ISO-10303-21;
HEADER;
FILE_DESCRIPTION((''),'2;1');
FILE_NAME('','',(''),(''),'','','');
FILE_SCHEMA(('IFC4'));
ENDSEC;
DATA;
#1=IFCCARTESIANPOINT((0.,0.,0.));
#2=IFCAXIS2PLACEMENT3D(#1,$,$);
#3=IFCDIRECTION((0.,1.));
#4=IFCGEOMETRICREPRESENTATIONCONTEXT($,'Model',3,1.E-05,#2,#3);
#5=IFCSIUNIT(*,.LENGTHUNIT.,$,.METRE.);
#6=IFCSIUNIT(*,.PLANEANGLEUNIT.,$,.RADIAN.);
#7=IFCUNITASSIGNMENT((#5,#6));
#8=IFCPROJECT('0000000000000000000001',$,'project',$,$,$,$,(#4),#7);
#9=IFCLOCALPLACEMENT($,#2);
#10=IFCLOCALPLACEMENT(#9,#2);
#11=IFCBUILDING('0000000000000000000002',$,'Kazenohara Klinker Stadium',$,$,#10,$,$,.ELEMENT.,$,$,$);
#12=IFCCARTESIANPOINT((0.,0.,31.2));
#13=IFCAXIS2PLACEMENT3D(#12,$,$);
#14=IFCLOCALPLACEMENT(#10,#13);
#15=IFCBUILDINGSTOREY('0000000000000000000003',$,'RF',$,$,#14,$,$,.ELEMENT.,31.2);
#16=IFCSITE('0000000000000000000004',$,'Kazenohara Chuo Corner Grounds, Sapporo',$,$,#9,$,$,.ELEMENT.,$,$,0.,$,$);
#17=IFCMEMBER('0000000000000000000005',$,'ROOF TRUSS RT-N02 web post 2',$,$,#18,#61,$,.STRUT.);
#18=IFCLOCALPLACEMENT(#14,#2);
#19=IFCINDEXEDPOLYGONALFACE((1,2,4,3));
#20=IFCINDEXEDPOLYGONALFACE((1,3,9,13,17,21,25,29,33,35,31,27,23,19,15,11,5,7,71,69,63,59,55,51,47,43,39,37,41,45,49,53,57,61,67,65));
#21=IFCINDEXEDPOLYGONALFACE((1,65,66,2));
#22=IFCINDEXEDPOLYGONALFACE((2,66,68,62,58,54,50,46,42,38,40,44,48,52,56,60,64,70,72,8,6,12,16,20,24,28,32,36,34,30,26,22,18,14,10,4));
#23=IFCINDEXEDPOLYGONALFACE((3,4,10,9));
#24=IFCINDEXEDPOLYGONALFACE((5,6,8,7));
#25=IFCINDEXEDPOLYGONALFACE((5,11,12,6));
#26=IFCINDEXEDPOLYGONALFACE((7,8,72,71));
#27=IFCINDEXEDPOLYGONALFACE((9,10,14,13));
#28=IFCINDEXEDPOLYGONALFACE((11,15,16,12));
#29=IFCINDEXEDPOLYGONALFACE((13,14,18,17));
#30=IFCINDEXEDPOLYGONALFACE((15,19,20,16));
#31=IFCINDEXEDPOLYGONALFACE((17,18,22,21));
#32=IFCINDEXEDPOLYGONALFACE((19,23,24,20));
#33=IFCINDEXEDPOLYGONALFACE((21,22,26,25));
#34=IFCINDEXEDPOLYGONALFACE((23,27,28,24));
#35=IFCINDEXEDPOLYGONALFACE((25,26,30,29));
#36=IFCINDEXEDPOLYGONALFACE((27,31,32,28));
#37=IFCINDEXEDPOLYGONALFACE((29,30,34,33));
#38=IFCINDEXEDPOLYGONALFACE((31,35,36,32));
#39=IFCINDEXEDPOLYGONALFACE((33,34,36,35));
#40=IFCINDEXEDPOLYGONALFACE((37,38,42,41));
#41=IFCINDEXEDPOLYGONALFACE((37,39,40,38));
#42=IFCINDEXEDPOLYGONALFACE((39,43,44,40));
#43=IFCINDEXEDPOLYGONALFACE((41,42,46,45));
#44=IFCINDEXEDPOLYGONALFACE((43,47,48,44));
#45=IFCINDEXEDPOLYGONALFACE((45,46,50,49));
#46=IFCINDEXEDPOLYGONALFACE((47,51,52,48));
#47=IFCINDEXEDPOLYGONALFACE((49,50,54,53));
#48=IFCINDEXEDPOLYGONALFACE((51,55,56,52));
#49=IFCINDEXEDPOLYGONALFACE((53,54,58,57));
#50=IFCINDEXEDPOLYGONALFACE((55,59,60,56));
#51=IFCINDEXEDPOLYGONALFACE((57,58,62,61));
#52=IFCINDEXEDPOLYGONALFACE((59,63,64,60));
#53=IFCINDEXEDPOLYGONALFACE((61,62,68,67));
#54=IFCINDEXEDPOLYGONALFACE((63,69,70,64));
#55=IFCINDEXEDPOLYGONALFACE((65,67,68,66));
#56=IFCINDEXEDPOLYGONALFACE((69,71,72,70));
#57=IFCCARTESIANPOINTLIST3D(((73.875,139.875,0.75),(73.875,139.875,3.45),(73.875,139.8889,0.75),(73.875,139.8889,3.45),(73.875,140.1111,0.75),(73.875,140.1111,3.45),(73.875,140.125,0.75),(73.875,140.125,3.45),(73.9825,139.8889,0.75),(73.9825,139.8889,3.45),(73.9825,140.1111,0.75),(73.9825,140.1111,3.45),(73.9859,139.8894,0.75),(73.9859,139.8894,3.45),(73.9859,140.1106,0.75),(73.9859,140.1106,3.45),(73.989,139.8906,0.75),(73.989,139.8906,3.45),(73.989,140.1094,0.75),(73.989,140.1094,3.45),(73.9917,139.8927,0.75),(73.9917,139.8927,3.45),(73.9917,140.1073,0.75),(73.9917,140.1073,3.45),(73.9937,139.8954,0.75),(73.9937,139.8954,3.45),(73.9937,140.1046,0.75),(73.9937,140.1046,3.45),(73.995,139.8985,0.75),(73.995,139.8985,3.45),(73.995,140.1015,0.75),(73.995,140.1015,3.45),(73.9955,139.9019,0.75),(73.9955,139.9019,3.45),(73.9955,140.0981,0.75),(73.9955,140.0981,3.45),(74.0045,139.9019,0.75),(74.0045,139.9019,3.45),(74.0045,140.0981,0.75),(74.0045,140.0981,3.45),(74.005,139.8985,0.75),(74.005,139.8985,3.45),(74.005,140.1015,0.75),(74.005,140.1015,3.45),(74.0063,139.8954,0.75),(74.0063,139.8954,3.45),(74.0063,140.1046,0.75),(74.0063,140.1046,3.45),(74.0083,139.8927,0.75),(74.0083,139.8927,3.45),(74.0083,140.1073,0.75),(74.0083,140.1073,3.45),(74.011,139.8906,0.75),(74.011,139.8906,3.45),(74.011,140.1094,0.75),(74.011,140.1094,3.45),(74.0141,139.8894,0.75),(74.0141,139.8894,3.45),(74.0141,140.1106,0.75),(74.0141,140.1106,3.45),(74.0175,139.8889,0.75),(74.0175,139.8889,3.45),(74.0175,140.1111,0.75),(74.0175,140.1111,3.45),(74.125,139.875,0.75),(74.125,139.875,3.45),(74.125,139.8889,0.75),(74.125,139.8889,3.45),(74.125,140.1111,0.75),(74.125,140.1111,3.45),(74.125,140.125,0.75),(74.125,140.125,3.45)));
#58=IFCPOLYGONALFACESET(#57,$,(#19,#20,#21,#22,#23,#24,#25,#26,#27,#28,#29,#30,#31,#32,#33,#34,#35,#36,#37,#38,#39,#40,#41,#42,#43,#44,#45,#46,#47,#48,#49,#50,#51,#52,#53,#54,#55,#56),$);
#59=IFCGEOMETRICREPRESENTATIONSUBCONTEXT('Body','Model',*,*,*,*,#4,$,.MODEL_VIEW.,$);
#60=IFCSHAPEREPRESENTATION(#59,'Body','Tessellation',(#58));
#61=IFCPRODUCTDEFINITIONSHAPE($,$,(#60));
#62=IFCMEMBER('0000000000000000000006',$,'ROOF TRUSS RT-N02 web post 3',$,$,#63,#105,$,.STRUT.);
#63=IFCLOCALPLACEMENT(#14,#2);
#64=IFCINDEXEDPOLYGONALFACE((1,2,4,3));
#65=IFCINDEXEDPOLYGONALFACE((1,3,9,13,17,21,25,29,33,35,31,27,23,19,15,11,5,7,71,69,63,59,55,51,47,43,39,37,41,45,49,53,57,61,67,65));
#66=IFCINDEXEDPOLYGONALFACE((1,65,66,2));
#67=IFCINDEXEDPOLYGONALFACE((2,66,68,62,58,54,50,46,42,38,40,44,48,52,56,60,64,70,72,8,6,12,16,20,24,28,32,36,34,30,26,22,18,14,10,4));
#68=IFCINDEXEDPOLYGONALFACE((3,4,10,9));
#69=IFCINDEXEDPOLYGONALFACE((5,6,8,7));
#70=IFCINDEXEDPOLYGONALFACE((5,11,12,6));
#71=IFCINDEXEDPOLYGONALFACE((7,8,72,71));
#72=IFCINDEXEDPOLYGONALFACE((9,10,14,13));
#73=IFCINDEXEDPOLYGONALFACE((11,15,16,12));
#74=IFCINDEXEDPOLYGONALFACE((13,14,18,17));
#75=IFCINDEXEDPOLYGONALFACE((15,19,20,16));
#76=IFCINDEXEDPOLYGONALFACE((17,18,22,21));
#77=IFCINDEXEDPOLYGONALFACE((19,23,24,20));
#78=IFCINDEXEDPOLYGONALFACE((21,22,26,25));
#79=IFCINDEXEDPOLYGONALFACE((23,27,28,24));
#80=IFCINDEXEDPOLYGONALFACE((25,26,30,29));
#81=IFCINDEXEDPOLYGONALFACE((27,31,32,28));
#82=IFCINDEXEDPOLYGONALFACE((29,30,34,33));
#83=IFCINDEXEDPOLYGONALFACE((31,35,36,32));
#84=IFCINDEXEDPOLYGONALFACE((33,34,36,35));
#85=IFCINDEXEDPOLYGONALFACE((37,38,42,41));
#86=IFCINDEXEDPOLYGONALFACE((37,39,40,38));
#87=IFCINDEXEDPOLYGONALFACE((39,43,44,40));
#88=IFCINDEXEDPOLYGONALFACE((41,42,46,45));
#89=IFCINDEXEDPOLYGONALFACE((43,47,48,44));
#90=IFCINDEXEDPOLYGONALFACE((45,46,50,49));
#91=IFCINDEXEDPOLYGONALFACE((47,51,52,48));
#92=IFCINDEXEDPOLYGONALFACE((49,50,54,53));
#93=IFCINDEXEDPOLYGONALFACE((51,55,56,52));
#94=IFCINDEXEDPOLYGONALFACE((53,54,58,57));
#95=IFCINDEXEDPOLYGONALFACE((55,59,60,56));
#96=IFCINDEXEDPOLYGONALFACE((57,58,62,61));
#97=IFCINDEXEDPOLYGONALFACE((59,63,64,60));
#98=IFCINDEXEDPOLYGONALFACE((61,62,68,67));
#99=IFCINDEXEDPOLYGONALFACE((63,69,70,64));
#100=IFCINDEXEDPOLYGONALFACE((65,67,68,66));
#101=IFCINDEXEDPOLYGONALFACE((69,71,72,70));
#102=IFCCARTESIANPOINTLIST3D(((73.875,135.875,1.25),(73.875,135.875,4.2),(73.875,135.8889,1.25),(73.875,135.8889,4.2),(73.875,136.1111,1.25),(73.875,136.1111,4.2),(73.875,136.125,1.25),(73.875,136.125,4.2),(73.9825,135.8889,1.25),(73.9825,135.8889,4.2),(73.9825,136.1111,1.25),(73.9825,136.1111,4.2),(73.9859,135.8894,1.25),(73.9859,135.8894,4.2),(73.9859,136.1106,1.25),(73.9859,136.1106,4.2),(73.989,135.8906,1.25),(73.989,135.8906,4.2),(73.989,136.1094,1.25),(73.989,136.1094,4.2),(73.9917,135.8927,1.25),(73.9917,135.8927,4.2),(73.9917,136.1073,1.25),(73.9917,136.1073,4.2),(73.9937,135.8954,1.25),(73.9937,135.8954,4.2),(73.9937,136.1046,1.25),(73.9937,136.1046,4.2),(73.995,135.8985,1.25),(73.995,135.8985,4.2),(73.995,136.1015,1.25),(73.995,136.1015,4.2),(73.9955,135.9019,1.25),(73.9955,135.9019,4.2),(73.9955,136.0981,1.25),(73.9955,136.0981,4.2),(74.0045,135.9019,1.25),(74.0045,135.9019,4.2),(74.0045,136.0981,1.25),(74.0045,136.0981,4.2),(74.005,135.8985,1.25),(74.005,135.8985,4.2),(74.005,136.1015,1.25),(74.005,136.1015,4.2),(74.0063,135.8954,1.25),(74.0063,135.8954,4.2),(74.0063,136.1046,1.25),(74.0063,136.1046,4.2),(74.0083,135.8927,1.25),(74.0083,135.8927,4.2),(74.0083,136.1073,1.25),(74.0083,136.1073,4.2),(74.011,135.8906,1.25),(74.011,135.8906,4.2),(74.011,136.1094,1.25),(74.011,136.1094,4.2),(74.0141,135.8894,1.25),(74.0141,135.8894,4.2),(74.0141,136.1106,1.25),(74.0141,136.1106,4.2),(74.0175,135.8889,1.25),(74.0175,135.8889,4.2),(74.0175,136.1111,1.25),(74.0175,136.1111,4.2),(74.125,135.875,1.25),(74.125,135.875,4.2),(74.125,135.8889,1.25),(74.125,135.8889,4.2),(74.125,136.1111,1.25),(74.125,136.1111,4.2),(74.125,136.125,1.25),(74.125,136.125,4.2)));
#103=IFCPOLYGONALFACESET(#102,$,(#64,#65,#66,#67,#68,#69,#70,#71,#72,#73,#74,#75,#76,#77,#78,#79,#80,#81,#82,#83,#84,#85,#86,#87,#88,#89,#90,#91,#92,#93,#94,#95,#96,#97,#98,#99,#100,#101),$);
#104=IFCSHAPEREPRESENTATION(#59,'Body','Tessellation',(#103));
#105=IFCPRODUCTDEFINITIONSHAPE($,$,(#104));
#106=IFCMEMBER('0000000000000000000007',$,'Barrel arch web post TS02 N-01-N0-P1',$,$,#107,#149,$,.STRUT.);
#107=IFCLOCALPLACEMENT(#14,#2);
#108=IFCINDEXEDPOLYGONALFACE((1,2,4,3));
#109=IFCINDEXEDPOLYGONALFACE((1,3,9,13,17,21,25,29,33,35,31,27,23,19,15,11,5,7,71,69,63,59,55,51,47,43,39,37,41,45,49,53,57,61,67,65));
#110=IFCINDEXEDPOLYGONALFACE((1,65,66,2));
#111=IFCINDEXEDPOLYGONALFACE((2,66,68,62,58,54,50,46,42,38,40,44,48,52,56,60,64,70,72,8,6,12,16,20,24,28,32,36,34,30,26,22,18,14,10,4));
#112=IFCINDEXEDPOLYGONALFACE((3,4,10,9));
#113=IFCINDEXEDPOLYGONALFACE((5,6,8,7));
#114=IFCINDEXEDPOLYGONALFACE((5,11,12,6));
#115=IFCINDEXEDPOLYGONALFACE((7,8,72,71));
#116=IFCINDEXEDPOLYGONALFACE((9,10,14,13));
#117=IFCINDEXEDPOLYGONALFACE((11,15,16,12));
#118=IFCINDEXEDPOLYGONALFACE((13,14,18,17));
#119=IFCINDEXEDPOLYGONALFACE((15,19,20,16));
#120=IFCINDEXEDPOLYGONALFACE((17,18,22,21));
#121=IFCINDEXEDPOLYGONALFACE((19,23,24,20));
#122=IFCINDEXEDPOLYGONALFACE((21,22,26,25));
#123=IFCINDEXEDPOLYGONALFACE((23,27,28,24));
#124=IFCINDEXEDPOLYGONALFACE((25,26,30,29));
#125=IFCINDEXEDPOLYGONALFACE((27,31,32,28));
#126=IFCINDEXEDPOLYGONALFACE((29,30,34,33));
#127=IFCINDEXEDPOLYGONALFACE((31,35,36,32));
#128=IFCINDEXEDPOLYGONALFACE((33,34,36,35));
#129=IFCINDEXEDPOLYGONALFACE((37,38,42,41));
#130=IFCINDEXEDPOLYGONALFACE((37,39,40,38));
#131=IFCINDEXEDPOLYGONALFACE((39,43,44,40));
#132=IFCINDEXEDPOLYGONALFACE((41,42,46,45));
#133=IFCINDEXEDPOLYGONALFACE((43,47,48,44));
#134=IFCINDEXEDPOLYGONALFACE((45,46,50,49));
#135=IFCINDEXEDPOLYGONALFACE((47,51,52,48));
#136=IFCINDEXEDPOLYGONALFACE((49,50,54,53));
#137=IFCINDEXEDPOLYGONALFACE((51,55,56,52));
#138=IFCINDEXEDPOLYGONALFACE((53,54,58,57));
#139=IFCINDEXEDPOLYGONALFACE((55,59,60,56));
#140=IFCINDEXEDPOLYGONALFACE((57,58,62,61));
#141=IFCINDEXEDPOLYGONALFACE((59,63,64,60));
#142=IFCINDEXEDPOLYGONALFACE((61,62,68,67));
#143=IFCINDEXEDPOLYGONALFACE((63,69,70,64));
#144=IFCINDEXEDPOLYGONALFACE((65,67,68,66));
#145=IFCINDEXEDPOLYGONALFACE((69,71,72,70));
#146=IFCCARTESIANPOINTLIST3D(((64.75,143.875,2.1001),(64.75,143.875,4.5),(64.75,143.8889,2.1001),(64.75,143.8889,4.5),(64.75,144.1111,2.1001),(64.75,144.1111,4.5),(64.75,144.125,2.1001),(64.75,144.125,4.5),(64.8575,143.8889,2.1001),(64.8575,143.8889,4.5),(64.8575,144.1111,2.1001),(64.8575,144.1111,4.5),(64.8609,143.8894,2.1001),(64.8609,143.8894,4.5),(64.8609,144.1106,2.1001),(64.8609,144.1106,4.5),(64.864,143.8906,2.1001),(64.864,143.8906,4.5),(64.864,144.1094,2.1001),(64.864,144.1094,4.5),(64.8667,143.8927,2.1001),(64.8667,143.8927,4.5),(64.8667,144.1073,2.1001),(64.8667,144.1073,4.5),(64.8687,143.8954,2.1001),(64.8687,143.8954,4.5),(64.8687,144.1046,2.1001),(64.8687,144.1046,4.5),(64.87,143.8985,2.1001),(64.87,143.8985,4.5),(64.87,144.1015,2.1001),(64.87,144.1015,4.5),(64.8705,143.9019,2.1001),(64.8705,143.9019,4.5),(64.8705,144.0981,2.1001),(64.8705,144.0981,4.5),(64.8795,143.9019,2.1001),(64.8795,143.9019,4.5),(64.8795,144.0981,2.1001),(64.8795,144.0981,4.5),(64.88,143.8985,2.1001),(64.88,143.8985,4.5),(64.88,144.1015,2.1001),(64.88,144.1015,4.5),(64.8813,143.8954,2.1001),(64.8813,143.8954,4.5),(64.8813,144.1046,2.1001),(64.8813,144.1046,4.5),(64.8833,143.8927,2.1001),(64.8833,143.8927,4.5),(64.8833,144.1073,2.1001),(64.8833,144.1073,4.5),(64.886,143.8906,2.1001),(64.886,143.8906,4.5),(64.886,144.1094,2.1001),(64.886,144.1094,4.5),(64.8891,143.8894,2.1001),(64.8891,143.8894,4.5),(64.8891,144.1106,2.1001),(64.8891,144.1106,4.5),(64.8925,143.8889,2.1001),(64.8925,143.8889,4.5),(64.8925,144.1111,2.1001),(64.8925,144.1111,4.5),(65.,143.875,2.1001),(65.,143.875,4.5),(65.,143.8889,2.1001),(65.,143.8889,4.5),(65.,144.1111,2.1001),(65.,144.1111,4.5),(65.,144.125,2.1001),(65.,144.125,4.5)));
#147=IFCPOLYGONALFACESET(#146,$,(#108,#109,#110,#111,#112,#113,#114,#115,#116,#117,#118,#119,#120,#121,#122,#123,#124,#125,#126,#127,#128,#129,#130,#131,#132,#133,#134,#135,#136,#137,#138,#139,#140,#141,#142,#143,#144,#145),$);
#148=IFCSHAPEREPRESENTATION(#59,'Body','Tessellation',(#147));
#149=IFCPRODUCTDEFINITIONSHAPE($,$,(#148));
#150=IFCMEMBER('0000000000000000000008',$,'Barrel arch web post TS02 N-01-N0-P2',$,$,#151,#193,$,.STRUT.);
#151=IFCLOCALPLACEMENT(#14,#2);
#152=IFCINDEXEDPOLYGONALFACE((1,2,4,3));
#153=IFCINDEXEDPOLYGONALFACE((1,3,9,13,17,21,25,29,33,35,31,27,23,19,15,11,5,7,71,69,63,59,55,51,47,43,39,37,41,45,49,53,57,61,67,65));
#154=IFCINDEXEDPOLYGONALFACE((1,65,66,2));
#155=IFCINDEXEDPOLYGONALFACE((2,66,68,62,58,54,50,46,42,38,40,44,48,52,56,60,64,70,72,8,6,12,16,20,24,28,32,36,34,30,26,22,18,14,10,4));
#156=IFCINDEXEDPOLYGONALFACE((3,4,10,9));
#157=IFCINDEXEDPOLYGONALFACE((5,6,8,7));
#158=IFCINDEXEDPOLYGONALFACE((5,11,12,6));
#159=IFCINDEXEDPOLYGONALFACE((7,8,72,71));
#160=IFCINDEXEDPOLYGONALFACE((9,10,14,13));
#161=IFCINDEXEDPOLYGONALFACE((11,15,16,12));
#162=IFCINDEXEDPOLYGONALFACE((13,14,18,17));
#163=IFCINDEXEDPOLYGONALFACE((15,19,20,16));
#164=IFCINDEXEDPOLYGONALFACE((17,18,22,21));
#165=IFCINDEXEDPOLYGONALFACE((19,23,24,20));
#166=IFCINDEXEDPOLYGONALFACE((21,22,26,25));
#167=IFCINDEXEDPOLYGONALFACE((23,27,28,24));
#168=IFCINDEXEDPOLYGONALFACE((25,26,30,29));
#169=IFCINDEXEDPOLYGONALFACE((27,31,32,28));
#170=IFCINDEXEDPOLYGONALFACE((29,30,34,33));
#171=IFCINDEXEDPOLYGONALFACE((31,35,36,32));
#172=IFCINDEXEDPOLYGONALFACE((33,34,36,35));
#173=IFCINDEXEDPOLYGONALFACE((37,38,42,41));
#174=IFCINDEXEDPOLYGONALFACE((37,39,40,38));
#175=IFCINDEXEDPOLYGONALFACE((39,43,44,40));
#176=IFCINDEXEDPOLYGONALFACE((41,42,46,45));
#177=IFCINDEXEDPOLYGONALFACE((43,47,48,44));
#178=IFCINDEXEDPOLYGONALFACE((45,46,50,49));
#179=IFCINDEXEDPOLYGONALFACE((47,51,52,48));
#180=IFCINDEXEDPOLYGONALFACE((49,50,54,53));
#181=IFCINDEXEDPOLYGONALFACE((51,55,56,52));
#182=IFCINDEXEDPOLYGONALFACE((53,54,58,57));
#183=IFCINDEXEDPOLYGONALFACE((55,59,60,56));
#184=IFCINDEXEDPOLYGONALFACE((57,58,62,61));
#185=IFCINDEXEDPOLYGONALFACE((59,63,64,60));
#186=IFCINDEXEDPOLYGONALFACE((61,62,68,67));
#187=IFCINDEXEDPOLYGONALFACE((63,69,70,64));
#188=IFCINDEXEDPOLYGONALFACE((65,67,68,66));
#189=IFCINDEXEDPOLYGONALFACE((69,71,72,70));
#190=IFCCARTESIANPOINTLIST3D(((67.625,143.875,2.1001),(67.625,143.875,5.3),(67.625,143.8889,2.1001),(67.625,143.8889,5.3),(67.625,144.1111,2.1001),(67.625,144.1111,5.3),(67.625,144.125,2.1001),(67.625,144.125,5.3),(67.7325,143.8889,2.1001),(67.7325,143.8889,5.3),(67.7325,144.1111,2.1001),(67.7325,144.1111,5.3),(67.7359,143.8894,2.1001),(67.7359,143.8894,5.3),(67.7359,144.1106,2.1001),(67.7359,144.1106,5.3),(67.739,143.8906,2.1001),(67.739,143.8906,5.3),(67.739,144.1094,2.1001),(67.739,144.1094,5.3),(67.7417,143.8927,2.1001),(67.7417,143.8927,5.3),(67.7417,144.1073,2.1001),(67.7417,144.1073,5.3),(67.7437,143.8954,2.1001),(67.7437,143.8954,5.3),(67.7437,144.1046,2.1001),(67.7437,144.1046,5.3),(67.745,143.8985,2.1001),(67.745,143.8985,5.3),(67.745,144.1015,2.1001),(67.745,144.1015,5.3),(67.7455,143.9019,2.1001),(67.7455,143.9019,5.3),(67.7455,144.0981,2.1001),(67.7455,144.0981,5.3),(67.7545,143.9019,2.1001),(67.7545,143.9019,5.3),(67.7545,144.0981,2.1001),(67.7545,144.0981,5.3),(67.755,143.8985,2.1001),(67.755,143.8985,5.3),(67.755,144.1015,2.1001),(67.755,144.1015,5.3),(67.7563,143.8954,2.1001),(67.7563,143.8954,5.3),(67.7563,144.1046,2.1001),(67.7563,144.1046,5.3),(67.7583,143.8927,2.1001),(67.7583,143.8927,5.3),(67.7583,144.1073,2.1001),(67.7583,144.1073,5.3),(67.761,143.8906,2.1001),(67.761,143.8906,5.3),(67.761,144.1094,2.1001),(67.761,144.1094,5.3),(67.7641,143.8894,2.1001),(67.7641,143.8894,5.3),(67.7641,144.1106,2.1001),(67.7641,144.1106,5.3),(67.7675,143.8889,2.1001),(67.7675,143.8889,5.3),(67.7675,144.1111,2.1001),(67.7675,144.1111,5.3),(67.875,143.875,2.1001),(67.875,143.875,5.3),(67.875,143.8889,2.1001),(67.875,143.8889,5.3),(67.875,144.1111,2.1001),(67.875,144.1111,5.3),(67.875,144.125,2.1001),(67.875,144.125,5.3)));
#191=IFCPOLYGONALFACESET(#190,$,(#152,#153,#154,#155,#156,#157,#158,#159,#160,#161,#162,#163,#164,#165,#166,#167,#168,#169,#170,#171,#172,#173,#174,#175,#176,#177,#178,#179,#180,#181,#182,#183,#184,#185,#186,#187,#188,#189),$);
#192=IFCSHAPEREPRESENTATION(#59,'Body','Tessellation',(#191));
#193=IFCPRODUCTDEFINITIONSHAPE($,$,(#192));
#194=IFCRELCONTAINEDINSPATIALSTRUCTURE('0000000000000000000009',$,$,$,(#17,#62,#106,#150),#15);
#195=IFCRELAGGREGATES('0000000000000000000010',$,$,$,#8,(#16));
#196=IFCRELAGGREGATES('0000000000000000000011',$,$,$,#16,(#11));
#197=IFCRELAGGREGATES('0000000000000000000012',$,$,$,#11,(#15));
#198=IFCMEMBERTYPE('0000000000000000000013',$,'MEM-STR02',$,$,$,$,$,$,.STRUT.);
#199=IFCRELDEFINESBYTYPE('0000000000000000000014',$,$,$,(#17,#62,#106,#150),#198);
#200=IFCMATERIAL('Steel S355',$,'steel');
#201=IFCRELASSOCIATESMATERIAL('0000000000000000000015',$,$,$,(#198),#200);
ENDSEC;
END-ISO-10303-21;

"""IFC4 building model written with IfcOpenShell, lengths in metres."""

from ifc_helpers import new_model, si_unit, direction, frame, origin, origin_2d, place, context, subcontext, project, spatial, i_section, extrude, material, material_profile, profile_set, type_object, element, save


model = new_model("IFC4")

# Units and contexts
model_context = context("Model", 3, precision=1e-05, world=origin(), true_north=direction((0.0, 1.0)))
body_context = subcontext(model_context, "Body", "Model", "MODEL_VIEW")
ifc_project = project(units=[si_unit("LENGTHUNIT", "METRE"), si_unit("PLANEANGLEUNIT", "RADIAN")], contexts=[model_context])

# Site, building, storey
site_placement = place(None, origin())
site = spatial("IfcSite", under=ifc_project, at=site_placement, Name="Kazenohara Chuo Corner Grounds, Sapporo", CompositionType="ELEMENT", RefElevation=0.0)
building_placement = place(site_placement, origin())
building = spatial("IfcBuilding", under=site, at=building_placement, Name="Kazenohara Klinker Stadium", CompositionType="ELEMENT")
storey_placement = place(building_placement, frame((0.0, 0.0, 31.2)))
storey = spatial("IfcBuildingStorey", under=building, at=storey_placement, Name="RF", CompositionType="ELEMENT", Elevation=31.2)

# Members
ifc_material_1 = material(Name="Steel S355", Category="steel")
ifc_material_profile_1 = material_profile(ifc_material_1, i_section(OverallWidth=0.25, OverallDepth=0.25, WebThickness=0.009, FlangeThickness=0.0139, FilletRadius=0.0129, at=origin_2d()), Name="H-250x250x9x14")
ifc_profile_set_1 = profile_set([ifc_material_profile_1], Name="Steel S355")
member_type_1 = type_object("IfcMemberType", Name="MEM-STR02", PredefinedType="STRUT", material=ifc_profile_set_1)
member_1_placement = place(storey_placement, frame((74.0, 140.0, 0.75), z_axis=(0.0, 0.0, 1.0), x_axis=(1.0, 0.0, 0.0)))
element("IfcMember", 1, at=member_1_placement, inside=storey, type_object=member_type_1, Name="ROOF TRUSS RT-N02 web post 2", PredefinedType="STRUT", context=body_context, shape_type="SweptSolid", body=[
    extrude(i_section(OverallWidth=0.25, OverallDepth=0.25, WebThickness=0.009, FlangeThickness=0.0139, FilletRadius=0.0129, at=origin_2d()), origin(), (0.0, 0.0, 1.0), 2.7),
])
member_2_placement = place(storey_placement, frame((74.0, 136.0, 1.25), z_axis=(0.0, 0.0, 1.0), x_axis=(1.0, 0.0, 0.0)))
element("IfcMember", 2, at=member_2_placement, inside=storey, type_object=member_type_1, Name="ROOF TRUSS RT-N02 web post 3", PredefinedType="STRUT", context=body_context, shape_type="SweptSolid", body=[
    extrude(i_section(OverallWidth=0.25, OverallDepth=0.25, WebThickness=0.009, FlangeThickness=0.0139, FilletRadius=0.0129, at=origin_2d()), origin(), (0.0, 0.0, 1.0), 2.95),
])
member_3_placement = place(storey_placement, frame((64.875, 144.0, 2.1001), z_axis=(0.0, 0.0, 1.0), x_axis=(1.0, 0.0, 0.0)))
element("IfcMember", 3, at=member_3_placement, inside=storey, type_object=member_type_1, Name="Barrel arch web post TS02 N-01-N0-P1", PredefinedType="STRUT", context=body_context, shape_type="SweptSolid", body=[
    extrude(i_section(OverallWidth=0.25, OverallDepth=0.25, WebThickness=0.009, FlangeThickness=0.0139, FilletRadius=0.0129, at=origin_2d()), origin(), (0.0, 0.0, 1.0), 2.3999),
])
member_4_placement = place(storey_placement, frame((67.75, 144.0, 2.1001), z_axis=(0.0, 0.0, 1.0), x_axis=(1.0, 0.0, 0.0)))
element("IfcMember", 4, at=member_4_placement, inside=storey, type_object=member_type_1, Name="Barrel arch web post TS02 N-01-N0-P2", PredefinedType="STRUT", context=body_context, shape_type="SweptSolid", body=[
    extrude(i_section(OverallWidth=0.25, OverallDepth=0.25, WebThickness=0.009, FlangeThickness=0.0139, FilletRadius=0.0129, at=origin_2d()), origin(), (0.0, 0.0, 1.0), 3.2),
])

save(model, "model.ifc")
